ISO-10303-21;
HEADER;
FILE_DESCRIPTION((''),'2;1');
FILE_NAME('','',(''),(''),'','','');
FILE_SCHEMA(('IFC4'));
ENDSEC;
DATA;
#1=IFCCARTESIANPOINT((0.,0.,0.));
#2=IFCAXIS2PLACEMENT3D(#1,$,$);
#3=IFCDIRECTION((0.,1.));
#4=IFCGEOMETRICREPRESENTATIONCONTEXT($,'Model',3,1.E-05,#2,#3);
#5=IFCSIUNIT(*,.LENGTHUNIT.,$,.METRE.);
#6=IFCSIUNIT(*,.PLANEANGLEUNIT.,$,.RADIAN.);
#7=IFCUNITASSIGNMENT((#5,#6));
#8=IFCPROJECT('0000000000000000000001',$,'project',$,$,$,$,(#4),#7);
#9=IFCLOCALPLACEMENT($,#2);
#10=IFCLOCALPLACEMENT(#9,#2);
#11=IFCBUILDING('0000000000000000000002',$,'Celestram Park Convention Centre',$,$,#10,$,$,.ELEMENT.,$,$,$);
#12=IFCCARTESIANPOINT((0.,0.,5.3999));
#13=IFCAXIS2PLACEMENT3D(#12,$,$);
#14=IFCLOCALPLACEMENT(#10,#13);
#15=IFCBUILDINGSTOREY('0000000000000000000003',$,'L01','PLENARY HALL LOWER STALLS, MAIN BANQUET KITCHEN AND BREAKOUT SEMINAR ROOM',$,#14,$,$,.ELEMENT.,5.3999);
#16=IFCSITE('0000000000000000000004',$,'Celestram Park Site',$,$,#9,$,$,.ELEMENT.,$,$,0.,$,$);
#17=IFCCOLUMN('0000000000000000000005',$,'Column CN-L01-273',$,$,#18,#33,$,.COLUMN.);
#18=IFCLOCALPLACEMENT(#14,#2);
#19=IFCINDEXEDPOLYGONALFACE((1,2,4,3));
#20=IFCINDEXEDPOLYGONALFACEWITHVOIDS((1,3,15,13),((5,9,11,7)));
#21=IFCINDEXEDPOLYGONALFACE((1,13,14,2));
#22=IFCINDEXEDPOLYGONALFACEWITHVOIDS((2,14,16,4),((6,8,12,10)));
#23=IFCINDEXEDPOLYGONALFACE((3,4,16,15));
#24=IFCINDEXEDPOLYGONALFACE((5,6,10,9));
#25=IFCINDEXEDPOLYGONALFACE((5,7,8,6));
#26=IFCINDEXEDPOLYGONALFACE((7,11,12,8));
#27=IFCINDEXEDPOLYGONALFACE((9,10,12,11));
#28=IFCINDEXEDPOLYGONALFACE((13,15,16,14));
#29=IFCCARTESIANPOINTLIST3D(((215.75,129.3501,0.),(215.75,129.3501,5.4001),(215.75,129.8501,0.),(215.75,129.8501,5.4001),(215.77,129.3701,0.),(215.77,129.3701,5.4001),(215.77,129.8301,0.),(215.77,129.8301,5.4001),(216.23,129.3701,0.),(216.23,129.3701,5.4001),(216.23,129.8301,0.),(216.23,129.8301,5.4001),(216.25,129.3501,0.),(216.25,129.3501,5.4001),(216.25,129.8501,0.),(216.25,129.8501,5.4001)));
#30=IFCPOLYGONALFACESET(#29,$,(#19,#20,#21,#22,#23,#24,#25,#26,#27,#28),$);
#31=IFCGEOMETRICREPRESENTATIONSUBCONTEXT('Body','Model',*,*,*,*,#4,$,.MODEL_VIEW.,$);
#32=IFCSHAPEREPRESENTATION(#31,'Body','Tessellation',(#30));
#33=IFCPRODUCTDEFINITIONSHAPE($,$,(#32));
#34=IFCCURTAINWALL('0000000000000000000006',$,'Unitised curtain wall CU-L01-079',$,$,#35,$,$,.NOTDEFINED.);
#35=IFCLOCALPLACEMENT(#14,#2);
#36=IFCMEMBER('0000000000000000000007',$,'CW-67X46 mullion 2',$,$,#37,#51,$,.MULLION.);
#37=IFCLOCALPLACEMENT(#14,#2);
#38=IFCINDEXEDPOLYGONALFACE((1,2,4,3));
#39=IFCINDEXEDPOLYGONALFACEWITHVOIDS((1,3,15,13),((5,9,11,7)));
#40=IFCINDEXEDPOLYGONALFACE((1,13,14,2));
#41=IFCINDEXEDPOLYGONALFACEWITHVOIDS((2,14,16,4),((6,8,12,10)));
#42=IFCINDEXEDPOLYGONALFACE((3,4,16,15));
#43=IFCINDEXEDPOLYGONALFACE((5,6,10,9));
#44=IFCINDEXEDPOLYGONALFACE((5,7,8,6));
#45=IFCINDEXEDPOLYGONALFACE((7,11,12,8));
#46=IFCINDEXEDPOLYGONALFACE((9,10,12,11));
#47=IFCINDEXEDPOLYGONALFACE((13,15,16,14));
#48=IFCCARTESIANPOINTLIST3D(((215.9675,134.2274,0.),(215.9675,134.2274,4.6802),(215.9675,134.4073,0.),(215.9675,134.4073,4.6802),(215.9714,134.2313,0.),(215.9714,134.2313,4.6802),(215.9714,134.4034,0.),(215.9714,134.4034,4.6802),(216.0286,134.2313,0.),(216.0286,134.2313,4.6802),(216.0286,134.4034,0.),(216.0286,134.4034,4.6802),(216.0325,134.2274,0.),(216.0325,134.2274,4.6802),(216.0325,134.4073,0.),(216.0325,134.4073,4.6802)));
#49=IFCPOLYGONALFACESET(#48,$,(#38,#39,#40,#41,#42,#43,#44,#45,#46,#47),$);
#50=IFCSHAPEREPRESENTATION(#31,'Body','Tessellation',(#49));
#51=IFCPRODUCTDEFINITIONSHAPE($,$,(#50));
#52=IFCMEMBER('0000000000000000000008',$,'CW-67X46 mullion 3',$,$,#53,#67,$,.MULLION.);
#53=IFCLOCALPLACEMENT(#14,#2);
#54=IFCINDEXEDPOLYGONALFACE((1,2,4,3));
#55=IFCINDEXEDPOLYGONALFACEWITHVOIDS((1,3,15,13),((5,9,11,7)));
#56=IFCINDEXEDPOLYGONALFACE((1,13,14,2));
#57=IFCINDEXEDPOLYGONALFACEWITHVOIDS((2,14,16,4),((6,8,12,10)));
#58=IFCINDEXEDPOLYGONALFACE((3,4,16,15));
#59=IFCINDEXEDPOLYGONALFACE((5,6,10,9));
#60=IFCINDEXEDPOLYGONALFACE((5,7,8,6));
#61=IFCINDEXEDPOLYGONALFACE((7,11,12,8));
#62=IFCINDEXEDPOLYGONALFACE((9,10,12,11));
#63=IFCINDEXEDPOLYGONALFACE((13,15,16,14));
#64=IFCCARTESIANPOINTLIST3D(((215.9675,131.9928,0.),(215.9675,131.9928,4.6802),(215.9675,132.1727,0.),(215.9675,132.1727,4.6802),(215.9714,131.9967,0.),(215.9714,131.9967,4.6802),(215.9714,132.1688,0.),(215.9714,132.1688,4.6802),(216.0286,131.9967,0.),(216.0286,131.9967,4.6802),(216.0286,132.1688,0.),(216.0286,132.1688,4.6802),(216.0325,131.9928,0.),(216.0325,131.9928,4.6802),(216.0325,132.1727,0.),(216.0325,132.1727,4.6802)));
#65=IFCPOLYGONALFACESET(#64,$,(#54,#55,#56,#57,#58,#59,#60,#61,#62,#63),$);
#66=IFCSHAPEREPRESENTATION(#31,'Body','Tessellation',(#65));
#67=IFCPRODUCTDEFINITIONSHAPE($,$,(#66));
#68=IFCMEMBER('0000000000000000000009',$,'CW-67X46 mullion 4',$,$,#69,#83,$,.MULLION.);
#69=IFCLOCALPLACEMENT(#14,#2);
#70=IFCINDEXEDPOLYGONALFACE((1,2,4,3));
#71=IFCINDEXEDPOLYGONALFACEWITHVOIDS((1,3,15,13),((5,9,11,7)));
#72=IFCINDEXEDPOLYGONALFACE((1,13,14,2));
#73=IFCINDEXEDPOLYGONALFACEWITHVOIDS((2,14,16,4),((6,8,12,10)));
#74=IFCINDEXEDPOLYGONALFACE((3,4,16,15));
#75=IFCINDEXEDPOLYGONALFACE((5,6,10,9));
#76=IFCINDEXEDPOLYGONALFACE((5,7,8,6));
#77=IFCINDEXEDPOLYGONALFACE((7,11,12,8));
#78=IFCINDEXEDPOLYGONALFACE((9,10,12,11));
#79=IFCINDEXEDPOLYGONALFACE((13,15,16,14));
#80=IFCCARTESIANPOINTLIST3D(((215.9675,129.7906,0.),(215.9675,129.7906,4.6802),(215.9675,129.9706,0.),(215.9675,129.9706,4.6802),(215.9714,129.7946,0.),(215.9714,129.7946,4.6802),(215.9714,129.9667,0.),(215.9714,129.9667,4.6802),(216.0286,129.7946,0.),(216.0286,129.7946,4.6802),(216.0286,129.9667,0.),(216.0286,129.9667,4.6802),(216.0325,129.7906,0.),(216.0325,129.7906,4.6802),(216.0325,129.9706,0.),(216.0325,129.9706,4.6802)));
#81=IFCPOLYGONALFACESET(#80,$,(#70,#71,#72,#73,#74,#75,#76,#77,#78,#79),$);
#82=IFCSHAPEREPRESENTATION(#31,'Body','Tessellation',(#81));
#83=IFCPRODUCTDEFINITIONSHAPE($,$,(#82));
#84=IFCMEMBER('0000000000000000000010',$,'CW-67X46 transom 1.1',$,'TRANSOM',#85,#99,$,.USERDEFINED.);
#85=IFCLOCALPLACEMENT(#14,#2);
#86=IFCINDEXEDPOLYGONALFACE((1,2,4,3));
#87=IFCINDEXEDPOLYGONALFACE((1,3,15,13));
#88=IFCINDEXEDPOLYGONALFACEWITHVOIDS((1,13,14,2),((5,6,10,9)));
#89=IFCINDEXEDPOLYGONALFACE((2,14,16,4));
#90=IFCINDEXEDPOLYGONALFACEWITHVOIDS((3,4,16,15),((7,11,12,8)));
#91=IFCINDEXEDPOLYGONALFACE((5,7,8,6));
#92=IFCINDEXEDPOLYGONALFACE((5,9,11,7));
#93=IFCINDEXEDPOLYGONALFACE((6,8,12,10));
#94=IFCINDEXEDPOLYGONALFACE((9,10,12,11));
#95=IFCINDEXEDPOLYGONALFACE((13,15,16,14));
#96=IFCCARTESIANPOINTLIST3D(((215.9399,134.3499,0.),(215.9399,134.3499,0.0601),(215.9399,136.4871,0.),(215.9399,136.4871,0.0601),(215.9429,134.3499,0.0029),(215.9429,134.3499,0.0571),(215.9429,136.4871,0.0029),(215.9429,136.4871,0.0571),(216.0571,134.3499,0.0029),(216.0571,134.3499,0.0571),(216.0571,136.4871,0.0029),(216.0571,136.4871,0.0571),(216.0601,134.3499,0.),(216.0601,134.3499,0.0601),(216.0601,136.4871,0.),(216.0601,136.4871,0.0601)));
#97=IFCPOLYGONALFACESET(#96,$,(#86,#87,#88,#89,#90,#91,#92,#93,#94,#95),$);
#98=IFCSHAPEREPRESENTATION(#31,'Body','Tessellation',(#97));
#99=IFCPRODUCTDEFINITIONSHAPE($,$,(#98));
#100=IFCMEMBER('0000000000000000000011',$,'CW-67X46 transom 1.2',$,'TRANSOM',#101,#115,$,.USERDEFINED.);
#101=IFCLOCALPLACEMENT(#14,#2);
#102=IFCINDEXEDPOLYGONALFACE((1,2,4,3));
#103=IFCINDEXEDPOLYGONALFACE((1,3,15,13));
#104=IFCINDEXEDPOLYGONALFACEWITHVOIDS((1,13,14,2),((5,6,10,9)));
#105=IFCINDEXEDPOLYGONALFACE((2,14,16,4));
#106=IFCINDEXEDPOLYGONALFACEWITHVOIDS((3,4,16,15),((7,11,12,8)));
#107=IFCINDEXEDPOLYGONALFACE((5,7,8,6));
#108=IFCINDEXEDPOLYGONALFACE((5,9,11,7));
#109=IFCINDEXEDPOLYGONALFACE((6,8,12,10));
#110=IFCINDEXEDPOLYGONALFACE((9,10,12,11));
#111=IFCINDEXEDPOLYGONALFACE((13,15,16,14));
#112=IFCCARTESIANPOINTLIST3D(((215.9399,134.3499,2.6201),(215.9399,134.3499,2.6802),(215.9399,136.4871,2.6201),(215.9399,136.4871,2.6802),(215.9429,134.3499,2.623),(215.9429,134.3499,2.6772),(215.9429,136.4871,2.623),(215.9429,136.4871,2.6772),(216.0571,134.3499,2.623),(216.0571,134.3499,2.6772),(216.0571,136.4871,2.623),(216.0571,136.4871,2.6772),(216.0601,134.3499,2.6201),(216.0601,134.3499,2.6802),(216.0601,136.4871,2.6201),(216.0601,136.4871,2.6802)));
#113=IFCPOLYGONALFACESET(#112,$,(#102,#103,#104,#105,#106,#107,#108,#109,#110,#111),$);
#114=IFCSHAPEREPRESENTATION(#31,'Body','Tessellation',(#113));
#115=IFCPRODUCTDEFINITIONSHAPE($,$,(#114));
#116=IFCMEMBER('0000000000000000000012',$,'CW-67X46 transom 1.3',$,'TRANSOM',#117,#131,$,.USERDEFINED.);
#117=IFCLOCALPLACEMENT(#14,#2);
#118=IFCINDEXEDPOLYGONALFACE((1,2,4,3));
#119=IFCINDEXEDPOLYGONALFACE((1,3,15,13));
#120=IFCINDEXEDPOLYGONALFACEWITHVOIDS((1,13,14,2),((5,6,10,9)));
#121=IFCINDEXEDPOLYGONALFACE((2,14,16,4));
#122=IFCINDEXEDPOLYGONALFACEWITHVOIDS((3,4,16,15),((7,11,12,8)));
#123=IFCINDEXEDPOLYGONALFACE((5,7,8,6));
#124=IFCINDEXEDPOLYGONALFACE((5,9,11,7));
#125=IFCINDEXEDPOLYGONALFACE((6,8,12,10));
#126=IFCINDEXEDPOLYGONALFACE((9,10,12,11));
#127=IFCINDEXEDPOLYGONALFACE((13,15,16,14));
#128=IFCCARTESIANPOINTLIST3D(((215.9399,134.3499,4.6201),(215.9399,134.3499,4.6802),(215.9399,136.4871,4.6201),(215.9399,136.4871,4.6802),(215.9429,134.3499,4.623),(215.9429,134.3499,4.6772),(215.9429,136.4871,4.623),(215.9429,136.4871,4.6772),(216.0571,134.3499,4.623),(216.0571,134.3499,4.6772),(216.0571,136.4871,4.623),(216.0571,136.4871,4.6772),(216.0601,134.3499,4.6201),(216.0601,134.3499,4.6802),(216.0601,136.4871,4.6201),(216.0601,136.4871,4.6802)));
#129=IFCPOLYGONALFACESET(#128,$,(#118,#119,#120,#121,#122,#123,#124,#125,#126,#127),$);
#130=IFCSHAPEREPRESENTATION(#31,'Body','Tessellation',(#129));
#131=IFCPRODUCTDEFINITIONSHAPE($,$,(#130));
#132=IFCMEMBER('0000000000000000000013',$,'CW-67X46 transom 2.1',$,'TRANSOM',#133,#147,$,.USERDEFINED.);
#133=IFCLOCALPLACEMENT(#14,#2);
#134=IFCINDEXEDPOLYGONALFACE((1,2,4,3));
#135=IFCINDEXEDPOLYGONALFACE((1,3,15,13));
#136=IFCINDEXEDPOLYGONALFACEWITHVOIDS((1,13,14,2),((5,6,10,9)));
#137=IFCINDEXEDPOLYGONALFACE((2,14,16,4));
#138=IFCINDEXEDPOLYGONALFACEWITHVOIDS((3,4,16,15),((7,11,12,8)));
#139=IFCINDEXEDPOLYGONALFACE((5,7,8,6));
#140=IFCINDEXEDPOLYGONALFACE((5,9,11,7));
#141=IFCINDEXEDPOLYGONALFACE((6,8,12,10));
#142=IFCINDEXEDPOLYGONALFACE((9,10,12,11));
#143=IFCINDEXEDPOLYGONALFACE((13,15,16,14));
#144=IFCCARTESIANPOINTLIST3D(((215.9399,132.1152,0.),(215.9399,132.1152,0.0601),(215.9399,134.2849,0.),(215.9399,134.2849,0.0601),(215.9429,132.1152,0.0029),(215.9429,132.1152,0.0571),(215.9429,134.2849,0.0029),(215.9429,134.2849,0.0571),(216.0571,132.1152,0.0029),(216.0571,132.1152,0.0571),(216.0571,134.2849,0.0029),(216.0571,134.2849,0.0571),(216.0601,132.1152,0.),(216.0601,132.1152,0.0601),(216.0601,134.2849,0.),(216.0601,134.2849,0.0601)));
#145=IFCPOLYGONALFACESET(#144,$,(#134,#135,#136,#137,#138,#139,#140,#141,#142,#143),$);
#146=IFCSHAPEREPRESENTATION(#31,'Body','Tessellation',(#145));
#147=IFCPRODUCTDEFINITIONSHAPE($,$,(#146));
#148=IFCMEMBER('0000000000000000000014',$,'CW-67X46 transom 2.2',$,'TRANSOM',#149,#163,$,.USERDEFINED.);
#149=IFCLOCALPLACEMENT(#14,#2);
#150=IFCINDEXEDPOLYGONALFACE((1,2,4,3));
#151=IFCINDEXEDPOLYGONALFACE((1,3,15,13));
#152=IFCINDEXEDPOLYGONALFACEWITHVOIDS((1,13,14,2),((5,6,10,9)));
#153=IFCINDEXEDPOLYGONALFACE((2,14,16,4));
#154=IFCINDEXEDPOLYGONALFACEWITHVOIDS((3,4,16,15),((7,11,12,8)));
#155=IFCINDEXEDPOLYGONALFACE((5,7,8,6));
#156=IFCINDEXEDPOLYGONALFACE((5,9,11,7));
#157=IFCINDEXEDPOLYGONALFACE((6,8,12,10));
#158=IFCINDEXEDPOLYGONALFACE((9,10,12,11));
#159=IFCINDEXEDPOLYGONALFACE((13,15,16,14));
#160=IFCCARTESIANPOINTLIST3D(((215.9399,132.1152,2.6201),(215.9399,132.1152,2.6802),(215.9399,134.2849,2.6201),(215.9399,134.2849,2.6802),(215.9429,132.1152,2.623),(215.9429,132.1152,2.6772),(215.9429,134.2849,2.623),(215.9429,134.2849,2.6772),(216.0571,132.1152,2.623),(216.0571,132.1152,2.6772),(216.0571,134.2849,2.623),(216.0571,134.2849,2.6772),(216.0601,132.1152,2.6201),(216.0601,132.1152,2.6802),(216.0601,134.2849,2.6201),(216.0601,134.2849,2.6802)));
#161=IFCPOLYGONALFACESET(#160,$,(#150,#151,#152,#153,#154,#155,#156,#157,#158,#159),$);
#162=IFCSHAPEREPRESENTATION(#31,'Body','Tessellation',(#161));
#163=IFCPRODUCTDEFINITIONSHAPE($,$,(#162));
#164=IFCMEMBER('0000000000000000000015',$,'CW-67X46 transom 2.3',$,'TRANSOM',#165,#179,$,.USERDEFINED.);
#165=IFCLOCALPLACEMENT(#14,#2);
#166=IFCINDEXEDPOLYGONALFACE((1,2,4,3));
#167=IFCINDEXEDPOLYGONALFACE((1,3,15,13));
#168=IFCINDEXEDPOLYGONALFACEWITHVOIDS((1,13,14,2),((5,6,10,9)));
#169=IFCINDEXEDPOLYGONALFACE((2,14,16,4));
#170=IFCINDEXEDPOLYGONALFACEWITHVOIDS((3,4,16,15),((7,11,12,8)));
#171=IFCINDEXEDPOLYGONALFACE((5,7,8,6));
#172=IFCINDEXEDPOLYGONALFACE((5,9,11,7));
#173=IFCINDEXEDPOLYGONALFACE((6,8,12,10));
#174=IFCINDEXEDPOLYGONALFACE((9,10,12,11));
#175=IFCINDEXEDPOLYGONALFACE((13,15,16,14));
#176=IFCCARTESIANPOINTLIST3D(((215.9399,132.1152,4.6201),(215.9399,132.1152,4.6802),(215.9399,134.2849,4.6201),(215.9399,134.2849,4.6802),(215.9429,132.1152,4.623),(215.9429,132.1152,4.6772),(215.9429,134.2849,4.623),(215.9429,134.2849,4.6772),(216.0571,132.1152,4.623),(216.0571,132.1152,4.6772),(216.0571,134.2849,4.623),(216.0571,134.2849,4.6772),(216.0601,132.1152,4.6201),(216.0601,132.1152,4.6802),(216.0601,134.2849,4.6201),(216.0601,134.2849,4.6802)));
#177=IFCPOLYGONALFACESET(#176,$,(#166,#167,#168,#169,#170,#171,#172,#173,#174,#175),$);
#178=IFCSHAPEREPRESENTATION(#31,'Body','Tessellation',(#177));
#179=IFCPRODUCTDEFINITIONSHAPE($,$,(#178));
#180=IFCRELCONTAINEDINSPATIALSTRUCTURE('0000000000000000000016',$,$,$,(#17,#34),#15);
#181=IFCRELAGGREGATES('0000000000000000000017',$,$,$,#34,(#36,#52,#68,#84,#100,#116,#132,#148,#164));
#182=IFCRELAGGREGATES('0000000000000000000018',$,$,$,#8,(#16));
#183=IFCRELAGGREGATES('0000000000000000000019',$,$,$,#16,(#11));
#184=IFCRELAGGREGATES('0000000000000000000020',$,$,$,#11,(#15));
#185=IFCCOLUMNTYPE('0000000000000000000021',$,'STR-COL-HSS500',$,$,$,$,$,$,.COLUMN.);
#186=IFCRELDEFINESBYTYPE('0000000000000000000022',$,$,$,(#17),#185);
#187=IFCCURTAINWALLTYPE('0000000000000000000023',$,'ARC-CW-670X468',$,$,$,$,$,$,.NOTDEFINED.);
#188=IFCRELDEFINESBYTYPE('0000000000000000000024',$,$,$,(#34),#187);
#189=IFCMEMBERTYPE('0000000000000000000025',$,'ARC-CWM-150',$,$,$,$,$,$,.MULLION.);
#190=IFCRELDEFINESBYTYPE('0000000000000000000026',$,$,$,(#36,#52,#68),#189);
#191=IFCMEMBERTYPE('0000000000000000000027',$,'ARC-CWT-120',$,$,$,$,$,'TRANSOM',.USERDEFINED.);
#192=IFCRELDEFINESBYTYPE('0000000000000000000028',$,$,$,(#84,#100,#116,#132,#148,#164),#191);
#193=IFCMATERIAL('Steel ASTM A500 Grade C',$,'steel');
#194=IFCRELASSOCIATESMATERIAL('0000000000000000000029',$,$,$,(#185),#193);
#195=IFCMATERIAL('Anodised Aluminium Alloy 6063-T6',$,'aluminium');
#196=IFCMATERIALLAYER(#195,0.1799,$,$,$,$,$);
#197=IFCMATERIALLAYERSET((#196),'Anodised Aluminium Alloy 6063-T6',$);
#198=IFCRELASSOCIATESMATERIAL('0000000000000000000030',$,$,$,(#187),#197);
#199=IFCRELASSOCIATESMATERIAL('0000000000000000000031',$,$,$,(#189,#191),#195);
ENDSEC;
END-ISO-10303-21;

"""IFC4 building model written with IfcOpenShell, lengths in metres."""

from ifc_helpers import new_model, si_unit, direction, frame, origin, origin_2d, place, context, subcontext, project, spatial, hollow_rectangle, extrude, material, layer, layer_set, material_profile, profile_set, type_object, element, aggregate, save


model = new_model("IFC4")

# Units and contexts
model_context = context("Model", 3, precision=1e-05, world=origin(), true_north=direction((0.0, 1.0)))
body_context = subcontext(model_context, "Body", "Model", "MODEL_VIEW")
ifc_project = project(units=[si_unit("LENGTHUNIT", "METRE"), si_unit("PLANEANGLEUNIT", "RADIAN")], contexts=[model_context])

# Site, building, storey
site_placement = place(None, origin())
site = spatial("IfcSite", under=ifc_project, at=site_placement, Name="Celestram Park Site", CompositionType="ELEMENT", RefElevation=0.0)
building_placement = place(site_placement, origin())
building = spatial("IfcBuilding", under=site, at=building_placement, Name="Celestram Park Convention Centre", CompositionType="ELEMENT")
storey_placement = place(building_placement, frame((0.0, 0.0, 5.3999)))
storey = spatial("IfcBuildingStorey", under=building, at=storey_placement, Name="L01", Description="PLENARY HALL LOWER STALLS, MAIN BANQUET KITCHEN AND BREAKOUT SEMINAR ROOM", CompositionType="ELEMENT", Elevation=5.3999)

# Column
ifc_material_1 = material(Name="Steel ASTM A500 Grade C", Category="steel")
ifc_material_profile_1 = material_profile(ifc_material_1, hollow_rectangle(XDim=0.5, YDim=0.5, WallThickness=0.02, at=origin_2d()), Name="HSS500X500X20")
ifc_profile_set_1 = profile_set([ifc_material_profile_1], Name="Steel ASTM A500 Grade C")
column_type = type_object("IfcColumnType", Name="STR-COL-HSS500", PredefinedType="COLUMN", material=ifc_profile_set_1)
column_placement = place(storey_placement, frame((216.0, 129.6001, 0.0), z_axis=(0.0, 0.0, 1.0), x_axis=(1.0, 0.0, 0.0)))
element("IfcColumn", 1, at=column_placement, inside=storey, type_object=column_type, Name="Column CN-L01-273", PredefinedType="COLUMN", context=body_context, shape_type="SweptSolid", body=[
    extrude(hollow_rectangle(XDim=0.5, YDim=0.5, WallThickness=0.02, at=origin_2d()), origin(), (0.0, 0.0, 1.0), 5.4001),
])

# Curtain wall, members
ifc_material_2 = material(Name="Anodised Aluminium Alloy 6063-T6", Category="aluminium")
ifc_layer_1 = layer(ifc_material_2, 0.1799)
ifc_layer_set_1 = layer_set([ifc_layer_1], Name="Anodised Aluminium Alloy 6063-T6")
curtain_wall_type = type_object("IfcCurtainWallType", Name="ARC-CW-670X468", PredefinedType="NOTDEFINED", material=ifc_layer_set_1)
curtain_wall_placement = place(storey_placement, origin())
curtain_wall = element("IfcCurtainWall", 2, at=curtain_wall_placement, inside=storey, type_object=curtain_wall_type, Name="Unitised curtain wall CU-L01-079", PredefinedType="NOTDEFINED")
ifc_material_profile_2 = material_profile(ifc_material_2, hollow_rectangle(XDim=0.0649, YDim=0.1799, WallThickness=0.0039, at=origin_2d()), Name="ALU65X180X4")
ifc_profile_set_2 = profile_set([ifc_material_profile_2], Name="Anodised Aluminium Alloy 6063-T6")
member_type_1 = type_object("IfcMemberType", Name="ARC-CWM-150", PredefinedType="MULLION", material=ifc_profile_set_2)
member_1_placement = place(storey_placement, frame((216.0, 134.3174, 0.0), z_axis=(0.0, 0.0, 1.0), x_axis=(1.0, 0.0, 0.0)))
member_1 = element("IfcMember", 3, at=member_1_placement, type_object=member_type_1, Name="CW-67X46 mullion 2", PredefinedType="MULLION", context=body_context, shape_type="SweptSolid", body=[
    extrude(hollow_rectangle(XDim=0.0649, YDim=0.1799, WallThickness=0.0039, at=origin_2d()), origin(), (0.0, 0.0, 1.0), 4.6802),
])
member_2_placement = place(storey_placement, frame((216.0, 132.0828, 0.0), z_axis=(0.0, 0.0, 1.0), x_axis=(1.0, 0.0, 0.0)))
member_2 = element("IfcMember", 4, at=member_2_placement, type_object=member_type_1, Name="CW-67X46 mullion 3", PredefinedType="MULLION", context=body_context, shape_type="SweptSolid", body=[
    extrude(hollow_rectangle(XDim=0.0649, YDim=0.1799, WallThickness=0.0039, at=origin_2d()), origin(), (0.0, 0.0, 1.0), 4.6802),
])
member_3_placement = place(storey_placement, frame((216.0, 129.8806, 0.0), z_axis=(0.0, 0.0, 1.0), x_axis=(1.0, 0.0, 0.0)))
member_3 = element("IfcMember", 5, at=member_3_placement, type_object=member_type_1, Name="CW-67X46 mullion 4", PredefinedType="MULLION", context=body_context, shape_type="SweptSolid", body=[
    extrude(hollow_rectangle(XDim=0.0649, YDim=0.1799, WallThickness=0.0039, at=origin_2d()), origin(), (0.0, 0.0, 1.0), 4.6802),
])
ifc_material_profile_3 = material_profile(ifc_material_2, hollow_rectangle(XDim=0.1201, YDim=0.0601, WallThickness=0.0029, at=origin_2d()), Name="ALU120X60X3")
ifc_profile_set_3 = profile_set([ifc_material_profile_3], Name="Anodised Aluminium Alloy 6063-T6")
member_type_2 = type_object("IfcMemberType", Name="ARC-CWT-120", ElementType="TRANSOM", PredefinedType="USERDEFINED", material=ifc_profile_set_3)
member_4_placement = place(storey_placement, frame((216.0, 136.4871, 0.03), z_axis=(0.0, -1.0, 0.0), x_axis=(1.0, 0.0, 0.0)))
member_4 = element("IfcMember", 6, at=member_4_placement, type_object=member_type_2, Name="CW-67X46 transom 1.1", ObjectType="TRANSOM", PredefinedType="USERDEFINED", context=body_context, shape_type="SweptSolid", body=[
    extrude(hollow_rectangle(XDim=0.1201, YDim=0.0601, WallThickness=0.0029, at=origin_2d()), origin(), (0.0, 0.0, 1.0), 2.1372),
])
member_5_placement = place(storey_placement, frame((216.0, 136.4871, 2.6501), z_axis=(0.0, -1.0, 0.0), x_axis=(1.0, 0.0, 0.0)))
member_5 = element("IfcMember", 7, at=member_5_placement, type_object=member_type_2, Name="CW-67X46 transom 1.2", ObjectType="TRANSOM", PredefinedType="USERDEFINED", context=body_context, shape_type="SweptSolid", body=[
    extrude(hollow_rectangle(XDim=0.1201, YDim=0.0601, WallThickness=0.0029, at=origin_2d()), origin(), (0.0, 0.0, 1.0), 2.1372),
])
member_6_placement = place(storey_placement, frame((216.0, 136.4871, 4.6501), z_axis=(0.0, -1.0, 0.0), x_axis=(1.0, 0.0, 0.0)))
member_6 = element("IfcMember", 8, at=member_6_placement, type_object=member_type_2, Name="CW-67X46 transom 1.3", ObjectType="TRANSOM", PredefinedType="USERDEFINED", context=body_context, shape_type="SweptSolid", body=[
    extrude(hollow_rectangle(XDim=0.1201, YDim=0.0601, WallThickness=0.0029, at=origin_2d()), origin(), (0.0, 0.0, 1.0), 2.1372),
])
member_7_placement = place(storey_placement, frame((216.0, 134.2849, 0.03), z_axis=(0.0, -1.0, 0.0), x_axis=(1.0, 0.0, 0.0)))
member_7 = element("IfcMember", 9, at=member_7_placement, type_object=member_type_2, Name="CW-67X46 transom 2.1", ObjectType="TRANSOM", PredefinedType="USERDEFINED", context=body_context, shape_type="SweptSolid", body=[
    extrude(hollow_rectangle(XDim=0.1201, YDim=0.0601, WallThickness=0.0029, at=origin_2d()), origin(), (0.0, 0.0, 1.0), 2.1697),
])
member_8_placement = place(storey_placement, frame((216.0, 134.2849, 2.6501), z_axis=(0.0, -1.0, 0.0), x_axis=(1.0, 0.0, 0.0)))
member_8 = element("IfcMember", 10, at=member_8_placement, type_object=member_type_2, Name="CW-67X46 transom 2.2", ObjectType="TRANSOM", PredefinedType="USERDEFINED", context=body_context, shape_type="SweptSolid", body=[
    extrude(hollow_rectangle(XDim=0.1201, YDim=0.0601, WallThickness=0.0029, at=origin_2d()), origin(), (0.0, 0.0, 1.0), 2.1697),
])
member_9_placement = place(storey_placement, frame((216.0, 134.2849, 4.6501), z_axis=(0.0, -1.0, 0.0), x_axis=(1.0, 0.0, 0.0)))
member_9 = element("IfcMember", 11, at=member_9_placement, type_object=member_type_2, Name="CW-67X46 transom 2.3", ObjectType="TRANSOM", PredefinedType="USERDEFINED", context=body_context, shape_type="SweptSolid", body=[
    extrude(hollow_rectangle(XDim=0.1201, YDim=0.0601, WallThickness=0.0029, at=origin_2d()), origin(), (0.0, 0.0, 1.0), 2.1697),
])

aggregate(curtain_wall, [member_1, member_2, member_3, member_4, member_5, member_6, member_7, member_8, member_9])

save(model, "model.ifc")
